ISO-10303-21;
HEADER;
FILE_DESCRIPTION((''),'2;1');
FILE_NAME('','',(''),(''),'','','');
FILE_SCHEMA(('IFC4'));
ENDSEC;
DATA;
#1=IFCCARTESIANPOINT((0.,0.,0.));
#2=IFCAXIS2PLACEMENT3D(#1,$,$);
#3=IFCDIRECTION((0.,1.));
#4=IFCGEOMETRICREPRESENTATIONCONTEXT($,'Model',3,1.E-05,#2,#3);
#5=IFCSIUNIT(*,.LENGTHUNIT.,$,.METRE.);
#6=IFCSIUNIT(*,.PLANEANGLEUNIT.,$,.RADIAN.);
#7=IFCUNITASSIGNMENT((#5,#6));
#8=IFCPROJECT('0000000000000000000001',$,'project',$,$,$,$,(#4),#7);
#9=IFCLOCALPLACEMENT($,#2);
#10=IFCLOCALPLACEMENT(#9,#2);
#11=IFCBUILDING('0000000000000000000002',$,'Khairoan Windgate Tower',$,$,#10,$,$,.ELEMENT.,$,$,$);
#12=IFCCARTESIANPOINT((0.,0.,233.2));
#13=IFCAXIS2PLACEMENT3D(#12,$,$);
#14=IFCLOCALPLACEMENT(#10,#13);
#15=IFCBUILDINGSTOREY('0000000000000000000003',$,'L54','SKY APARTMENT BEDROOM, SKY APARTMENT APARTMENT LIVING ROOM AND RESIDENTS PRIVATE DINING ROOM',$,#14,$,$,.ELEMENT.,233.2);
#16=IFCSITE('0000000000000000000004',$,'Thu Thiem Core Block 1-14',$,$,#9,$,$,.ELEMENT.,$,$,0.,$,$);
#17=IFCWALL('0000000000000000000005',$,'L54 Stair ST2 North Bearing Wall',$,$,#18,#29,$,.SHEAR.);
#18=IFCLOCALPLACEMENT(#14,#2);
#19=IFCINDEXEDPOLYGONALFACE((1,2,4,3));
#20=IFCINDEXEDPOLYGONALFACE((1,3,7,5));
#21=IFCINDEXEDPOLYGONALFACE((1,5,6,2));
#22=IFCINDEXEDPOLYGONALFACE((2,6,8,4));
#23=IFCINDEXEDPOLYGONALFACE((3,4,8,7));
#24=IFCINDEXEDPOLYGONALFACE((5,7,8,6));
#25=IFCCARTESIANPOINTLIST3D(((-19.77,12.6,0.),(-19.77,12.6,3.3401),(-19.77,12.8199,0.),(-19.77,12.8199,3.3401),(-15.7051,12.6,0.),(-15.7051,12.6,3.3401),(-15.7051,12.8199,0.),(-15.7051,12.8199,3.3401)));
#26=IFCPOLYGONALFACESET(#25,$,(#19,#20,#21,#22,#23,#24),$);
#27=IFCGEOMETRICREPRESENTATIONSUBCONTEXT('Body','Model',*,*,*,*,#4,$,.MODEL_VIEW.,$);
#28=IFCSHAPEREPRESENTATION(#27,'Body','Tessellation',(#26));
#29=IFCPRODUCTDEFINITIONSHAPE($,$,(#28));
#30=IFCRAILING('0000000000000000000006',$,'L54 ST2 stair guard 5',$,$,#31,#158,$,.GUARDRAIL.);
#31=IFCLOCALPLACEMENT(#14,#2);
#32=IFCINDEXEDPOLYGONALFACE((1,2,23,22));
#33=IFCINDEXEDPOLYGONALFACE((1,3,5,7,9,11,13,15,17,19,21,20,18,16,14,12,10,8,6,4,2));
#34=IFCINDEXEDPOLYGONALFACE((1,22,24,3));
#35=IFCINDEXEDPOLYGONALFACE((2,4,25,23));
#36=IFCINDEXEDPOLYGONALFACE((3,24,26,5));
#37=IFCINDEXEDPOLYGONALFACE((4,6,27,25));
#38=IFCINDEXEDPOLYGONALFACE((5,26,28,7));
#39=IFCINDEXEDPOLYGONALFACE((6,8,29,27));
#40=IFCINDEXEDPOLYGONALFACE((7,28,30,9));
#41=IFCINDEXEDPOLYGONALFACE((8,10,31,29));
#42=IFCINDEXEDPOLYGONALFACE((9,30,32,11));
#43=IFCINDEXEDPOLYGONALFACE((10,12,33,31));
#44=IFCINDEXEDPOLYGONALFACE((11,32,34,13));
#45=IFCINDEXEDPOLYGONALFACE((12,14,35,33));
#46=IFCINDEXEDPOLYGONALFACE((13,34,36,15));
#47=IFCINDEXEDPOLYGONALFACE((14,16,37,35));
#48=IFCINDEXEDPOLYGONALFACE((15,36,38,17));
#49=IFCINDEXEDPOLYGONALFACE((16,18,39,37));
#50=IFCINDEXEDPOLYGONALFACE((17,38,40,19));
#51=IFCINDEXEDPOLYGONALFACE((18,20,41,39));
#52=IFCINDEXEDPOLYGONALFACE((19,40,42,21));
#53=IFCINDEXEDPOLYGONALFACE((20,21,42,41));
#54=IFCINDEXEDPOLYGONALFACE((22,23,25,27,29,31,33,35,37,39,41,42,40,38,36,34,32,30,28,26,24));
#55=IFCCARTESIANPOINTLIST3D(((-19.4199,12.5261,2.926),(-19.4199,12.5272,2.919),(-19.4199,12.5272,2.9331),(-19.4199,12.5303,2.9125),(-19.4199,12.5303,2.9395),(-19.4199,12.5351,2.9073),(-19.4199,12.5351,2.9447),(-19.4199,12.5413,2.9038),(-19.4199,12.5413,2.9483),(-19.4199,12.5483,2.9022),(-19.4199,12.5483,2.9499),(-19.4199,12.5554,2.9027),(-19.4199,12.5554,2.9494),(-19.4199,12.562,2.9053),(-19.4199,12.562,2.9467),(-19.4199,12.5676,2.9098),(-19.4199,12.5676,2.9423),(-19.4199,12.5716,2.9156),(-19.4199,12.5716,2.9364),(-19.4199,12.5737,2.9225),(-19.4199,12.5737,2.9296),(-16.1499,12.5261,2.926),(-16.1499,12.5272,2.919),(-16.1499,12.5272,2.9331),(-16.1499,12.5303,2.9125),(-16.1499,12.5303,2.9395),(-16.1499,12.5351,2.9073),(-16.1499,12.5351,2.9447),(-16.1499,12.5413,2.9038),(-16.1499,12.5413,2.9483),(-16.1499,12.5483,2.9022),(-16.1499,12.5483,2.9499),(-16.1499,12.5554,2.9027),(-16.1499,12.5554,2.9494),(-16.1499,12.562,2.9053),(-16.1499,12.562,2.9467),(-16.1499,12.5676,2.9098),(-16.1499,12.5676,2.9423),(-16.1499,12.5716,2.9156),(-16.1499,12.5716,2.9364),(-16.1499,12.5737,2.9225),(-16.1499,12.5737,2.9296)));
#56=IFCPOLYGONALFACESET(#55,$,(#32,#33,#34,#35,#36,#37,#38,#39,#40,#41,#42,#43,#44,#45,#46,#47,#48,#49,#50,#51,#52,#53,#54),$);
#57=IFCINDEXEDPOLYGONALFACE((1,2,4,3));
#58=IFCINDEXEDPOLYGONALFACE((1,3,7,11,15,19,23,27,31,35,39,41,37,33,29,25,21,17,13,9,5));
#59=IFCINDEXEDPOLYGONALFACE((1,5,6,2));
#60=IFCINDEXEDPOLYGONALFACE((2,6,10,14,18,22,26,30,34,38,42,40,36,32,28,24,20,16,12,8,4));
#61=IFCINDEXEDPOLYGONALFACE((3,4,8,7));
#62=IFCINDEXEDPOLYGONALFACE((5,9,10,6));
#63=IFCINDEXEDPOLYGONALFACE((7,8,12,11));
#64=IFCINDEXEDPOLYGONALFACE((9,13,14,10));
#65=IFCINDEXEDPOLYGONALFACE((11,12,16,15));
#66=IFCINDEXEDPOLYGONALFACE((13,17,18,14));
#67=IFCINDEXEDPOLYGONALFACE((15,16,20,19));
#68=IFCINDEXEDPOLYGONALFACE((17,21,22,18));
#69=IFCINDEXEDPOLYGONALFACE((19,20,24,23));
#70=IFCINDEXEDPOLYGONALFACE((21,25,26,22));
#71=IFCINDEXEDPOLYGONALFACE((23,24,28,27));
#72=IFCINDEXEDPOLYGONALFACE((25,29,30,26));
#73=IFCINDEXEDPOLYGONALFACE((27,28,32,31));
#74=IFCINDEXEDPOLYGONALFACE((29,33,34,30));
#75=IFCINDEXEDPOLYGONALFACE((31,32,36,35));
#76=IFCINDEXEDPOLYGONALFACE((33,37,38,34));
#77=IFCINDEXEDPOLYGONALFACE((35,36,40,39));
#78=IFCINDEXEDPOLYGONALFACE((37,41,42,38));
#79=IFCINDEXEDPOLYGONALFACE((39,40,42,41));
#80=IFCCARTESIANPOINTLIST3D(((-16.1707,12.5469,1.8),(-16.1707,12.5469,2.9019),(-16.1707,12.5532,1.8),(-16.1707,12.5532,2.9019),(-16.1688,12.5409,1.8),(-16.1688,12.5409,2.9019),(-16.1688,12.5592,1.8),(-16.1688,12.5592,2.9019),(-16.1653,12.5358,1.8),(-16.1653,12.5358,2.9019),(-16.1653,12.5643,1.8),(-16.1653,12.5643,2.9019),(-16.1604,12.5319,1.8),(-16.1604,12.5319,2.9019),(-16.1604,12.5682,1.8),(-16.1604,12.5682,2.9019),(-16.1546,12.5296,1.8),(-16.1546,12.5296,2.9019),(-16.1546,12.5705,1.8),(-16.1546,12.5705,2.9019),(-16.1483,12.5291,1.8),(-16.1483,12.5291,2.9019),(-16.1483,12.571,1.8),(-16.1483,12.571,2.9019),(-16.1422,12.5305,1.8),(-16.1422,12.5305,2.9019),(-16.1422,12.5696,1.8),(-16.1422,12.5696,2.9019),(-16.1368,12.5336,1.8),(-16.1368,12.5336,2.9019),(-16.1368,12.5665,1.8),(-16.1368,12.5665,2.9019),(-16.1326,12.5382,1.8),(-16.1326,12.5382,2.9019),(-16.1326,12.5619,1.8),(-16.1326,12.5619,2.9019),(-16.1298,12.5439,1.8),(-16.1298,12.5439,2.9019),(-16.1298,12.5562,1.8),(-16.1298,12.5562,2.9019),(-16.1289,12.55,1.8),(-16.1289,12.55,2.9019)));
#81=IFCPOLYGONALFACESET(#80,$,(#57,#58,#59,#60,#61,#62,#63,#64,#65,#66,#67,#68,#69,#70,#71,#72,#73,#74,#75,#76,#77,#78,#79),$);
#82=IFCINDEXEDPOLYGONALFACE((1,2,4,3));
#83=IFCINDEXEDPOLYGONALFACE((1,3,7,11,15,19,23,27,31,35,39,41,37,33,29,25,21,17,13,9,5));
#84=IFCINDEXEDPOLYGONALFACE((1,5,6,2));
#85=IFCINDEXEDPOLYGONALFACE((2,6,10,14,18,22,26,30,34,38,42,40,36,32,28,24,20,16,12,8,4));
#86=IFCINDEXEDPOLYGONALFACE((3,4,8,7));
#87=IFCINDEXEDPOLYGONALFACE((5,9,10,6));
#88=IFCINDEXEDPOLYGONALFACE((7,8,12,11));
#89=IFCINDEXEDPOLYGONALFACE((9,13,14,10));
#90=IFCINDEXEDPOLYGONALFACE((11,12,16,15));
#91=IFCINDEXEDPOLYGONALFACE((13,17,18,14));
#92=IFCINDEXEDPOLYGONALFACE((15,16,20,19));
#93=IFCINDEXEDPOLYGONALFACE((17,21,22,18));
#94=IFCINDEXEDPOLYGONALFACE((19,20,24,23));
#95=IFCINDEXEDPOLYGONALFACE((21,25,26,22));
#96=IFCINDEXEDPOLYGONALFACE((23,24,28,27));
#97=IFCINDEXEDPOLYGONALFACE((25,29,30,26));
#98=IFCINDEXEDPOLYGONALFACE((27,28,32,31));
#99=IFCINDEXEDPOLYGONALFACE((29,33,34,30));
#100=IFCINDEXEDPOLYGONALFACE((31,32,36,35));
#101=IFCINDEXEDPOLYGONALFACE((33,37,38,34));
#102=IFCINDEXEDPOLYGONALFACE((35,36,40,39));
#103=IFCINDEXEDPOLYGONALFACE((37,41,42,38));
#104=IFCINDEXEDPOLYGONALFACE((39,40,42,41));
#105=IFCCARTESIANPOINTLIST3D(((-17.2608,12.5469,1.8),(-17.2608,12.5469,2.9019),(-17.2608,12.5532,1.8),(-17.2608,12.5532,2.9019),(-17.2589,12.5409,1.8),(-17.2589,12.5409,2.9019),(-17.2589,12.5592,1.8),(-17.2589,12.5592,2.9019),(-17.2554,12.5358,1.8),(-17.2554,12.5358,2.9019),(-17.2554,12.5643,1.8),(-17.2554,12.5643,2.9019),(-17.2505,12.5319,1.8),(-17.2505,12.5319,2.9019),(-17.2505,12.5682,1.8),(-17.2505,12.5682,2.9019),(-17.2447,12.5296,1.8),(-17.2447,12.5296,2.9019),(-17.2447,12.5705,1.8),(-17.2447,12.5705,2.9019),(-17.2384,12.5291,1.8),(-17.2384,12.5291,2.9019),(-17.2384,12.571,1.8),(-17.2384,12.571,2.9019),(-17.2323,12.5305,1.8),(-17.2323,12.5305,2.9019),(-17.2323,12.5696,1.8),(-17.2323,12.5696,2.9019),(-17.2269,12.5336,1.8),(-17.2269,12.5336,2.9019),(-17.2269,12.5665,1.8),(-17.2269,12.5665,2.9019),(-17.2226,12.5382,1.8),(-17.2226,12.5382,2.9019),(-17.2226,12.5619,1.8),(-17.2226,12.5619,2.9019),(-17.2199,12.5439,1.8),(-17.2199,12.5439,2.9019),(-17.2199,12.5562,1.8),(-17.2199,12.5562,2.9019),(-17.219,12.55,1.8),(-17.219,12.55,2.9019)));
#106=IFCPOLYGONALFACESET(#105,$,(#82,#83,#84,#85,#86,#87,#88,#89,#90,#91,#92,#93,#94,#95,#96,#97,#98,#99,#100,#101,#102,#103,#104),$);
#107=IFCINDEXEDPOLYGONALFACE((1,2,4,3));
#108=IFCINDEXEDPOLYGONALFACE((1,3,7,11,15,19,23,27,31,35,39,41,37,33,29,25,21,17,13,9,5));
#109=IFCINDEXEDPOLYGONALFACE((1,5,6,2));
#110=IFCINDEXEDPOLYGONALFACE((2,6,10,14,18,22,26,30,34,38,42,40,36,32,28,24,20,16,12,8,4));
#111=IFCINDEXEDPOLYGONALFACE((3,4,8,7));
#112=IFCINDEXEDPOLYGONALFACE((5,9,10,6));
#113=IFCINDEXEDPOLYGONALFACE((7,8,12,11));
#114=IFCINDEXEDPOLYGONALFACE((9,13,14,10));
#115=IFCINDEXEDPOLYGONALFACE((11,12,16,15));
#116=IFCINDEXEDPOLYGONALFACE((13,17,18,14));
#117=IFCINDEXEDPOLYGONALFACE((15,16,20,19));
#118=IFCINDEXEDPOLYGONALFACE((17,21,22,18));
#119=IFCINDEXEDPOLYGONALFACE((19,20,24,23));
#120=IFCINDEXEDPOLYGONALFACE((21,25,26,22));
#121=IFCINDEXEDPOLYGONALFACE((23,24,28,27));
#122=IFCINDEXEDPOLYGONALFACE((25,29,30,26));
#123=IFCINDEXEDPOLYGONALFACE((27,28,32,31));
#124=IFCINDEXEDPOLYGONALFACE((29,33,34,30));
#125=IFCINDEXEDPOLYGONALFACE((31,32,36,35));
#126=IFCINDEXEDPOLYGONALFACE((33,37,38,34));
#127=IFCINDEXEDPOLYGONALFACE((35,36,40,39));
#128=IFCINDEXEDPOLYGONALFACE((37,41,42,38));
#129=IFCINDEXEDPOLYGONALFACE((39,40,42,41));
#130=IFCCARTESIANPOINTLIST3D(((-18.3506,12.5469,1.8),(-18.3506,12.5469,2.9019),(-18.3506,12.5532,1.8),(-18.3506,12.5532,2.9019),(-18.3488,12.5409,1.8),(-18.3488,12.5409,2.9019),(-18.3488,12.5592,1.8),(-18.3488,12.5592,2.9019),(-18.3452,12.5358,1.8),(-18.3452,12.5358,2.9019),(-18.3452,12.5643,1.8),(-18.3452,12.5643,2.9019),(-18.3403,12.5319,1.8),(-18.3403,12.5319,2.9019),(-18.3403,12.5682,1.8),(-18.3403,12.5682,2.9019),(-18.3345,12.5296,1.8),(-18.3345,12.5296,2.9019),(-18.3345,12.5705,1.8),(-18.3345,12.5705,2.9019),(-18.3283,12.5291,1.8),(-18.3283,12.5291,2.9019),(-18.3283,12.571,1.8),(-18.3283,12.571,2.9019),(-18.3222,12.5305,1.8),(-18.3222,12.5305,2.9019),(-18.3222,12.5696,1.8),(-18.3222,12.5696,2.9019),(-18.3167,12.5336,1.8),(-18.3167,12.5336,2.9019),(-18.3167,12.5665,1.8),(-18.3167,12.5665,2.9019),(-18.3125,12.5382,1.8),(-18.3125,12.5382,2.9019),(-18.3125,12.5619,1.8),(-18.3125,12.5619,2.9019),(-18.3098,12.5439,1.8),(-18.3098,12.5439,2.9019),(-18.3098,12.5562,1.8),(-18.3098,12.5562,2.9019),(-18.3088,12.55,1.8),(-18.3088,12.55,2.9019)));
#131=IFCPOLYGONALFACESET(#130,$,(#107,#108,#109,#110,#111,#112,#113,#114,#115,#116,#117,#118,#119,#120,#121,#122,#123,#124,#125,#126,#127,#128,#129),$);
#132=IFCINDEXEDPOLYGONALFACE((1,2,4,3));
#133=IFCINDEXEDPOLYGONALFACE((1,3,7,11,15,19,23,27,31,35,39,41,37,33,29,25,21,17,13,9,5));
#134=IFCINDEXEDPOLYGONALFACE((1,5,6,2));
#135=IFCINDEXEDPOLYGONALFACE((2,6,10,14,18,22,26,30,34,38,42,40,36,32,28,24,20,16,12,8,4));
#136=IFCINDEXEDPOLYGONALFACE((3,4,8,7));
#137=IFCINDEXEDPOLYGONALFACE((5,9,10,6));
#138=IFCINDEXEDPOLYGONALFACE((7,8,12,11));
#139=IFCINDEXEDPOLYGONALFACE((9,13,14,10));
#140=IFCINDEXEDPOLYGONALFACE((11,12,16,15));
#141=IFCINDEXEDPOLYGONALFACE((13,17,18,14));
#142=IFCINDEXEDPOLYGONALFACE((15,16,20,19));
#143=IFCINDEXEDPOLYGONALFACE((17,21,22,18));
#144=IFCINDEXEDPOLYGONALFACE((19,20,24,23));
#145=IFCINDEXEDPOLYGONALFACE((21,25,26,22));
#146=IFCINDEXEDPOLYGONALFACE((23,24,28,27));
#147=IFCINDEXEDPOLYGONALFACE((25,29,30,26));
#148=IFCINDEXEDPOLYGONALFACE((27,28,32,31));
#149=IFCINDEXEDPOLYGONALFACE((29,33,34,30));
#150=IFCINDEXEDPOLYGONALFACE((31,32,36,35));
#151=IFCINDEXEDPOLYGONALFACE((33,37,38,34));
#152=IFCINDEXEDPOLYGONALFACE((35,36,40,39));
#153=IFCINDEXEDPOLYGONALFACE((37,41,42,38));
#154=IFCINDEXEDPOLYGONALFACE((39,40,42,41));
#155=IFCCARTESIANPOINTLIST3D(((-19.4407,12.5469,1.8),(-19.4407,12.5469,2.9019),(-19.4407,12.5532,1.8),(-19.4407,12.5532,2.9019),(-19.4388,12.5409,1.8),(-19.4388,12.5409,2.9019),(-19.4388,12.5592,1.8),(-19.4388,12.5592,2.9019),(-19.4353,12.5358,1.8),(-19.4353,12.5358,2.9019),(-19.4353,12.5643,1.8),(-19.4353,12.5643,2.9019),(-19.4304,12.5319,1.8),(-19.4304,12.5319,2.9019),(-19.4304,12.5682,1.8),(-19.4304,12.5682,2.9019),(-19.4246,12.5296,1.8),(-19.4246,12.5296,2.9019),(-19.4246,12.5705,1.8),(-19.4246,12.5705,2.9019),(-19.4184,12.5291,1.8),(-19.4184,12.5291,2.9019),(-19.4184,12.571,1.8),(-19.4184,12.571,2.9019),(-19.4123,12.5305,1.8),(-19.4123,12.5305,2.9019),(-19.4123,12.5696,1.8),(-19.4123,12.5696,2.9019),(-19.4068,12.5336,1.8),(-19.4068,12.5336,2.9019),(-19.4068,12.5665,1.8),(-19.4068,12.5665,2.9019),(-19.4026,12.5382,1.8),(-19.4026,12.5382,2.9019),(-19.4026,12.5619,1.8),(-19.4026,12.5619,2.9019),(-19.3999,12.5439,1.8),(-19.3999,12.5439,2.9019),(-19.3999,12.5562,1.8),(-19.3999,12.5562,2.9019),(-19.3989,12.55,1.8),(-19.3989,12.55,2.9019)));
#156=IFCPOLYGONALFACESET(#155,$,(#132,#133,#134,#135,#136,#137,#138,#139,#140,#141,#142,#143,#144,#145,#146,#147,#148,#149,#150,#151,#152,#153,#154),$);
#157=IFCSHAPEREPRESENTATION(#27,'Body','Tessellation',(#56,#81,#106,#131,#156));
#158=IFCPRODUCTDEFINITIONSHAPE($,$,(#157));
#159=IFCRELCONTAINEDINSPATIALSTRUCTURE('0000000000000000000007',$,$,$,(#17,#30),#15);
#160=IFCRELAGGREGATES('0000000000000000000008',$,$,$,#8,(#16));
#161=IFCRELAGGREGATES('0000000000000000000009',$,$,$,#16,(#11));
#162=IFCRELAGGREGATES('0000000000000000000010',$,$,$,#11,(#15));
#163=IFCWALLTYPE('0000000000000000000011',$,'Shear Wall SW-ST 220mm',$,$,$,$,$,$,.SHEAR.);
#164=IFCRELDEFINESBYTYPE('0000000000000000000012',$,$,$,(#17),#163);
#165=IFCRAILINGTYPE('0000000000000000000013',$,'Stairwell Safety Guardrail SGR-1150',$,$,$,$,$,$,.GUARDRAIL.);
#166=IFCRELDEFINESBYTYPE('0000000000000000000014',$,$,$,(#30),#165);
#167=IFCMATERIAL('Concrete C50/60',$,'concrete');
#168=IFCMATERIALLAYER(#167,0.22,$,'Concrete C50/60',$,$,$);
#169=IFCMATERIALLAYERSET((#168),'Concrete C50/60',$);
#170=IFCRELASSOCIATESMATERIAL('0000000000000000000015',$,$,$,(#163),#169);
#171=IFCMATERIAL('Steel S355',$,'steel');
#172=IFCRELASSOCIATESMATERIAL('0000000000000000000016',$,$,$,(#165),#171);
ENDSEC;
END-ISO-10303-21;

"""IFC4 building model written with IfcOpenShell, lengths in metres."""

from ifc_helpers import new_model, si_unit, direction, frame, frame_2d, origin, origin_2d, place, context, subcontext, project, spatial, rectangle, circle, extrude, material, layer, layer_set, type_object, element, save


model = new_model("IFC4")

# Units and contexts
model_context = context("Model", 3, precision=1e-05, world=origin(), true_north=direction((0.0, 1.0)))
body_context = subcontext(model_context, "Body", "Model", "MODEL_VIEW")
ifc_project = project(units=[si_unit("LENGTHUNIT", "METRE"), si_unit("PLANEANGLEUNIT", "RADIAN")], contexts=[model_context])

# Site, building, storey
site_placement = place(None, origin())
site = spatial("IfcSite", under=ifc_project, at=site_placement, Name="Thu Thiem Core Block 1-14", CompositionType="ELEMENT", RefElevation=0.0)
building_placement = place(site_placement, origin())
building = spatial("IfcBuilding", under=site, at=building_placement, Name="Khairoan Windgate Tower", CompositionType="ELEMENT")
storey_placement = place(building_placement, frame((0.0, 0.0, 233.2)))
storey = spatial("IfcBuildingStorey", under=building, at=storey_placement, Name="L54", Description="SKY APARTMENT BEDROOM, SKY APARTMENT APARTMENT LIVING ROOM AND RESIDENTS PRIVATE DINING ROOM", CompositionType="ELEMENT", Elevation=233.2)

# Wall
ifc_material_1 = material(Name="Concrete C50/60", Category="concrete")
ifc_layer_1 = layer(ifc_material_1, 0.22, Name="Concrete C50/60")
ifc_layer_set_1 = layer_set([ifc_layer_1], Name="Concrete C50/60")
wall_type_1 = type_object("IfcWallType", Name="Shear Wall SW-ST 220mm", PredefinedType="SHEAR", material=ifc_layer_set_1)
wall_1_placement = place(storey_placement, frame((-19.77, 12.71, 0.0), z_axis=(0.0, 0.0, 1.0), x_axis=(1.0, 0.0, 0.0)))
element("IfcWall", 1, at=wall_1_placement, inside=storey, type_object=wall_type_1, Name="L54 Stair ST2 North Bearing Wall", PredefinedType="SHEAR", context=body_context, shape_type="SweptSolid", body=[
    extrude(rectangle(XDim=4.0649, YDim=0.22, at=frame_2d((2.0325, 0.0))), origin(), (0.0, 0.0, 1.0), 3.3401),
])

# Railing
ifc_material_2 = material(Name="Steel S355", Category="steel")
railing_type = type_object("IfcRailingType", Name="Stairwell Safety Guardrail SGR-1150", PredefinedType="GUARDRAIL", material=ifc_material_2)
railing_1_placement = place(storey_placement, frame((-16.1499, 12.55, 1.8)))
element("IfcRailing", 2, at=railing_1_placement, inside=storey, type_object=railing_type, Name="L54 ST2 stair guard 5", PredefinedType="GUARDRAIL", context=body_context, shape_type="SweptSolid", body=[
    extrude(circle(Radius=0.0239, at=origin_2d()), frame((0.0, 0.0, 1.126), z_axis=(-1.0, 0.0, 0.0), x_axis=(0.0, -1.0, 0.0)), (0.0, 0.0, 1.0), 3.27),
    extrude(circle(Radius=0.021, at=origin_2d()), origin(), (0.0, 0.0, 1.0), 1.1018),
    extrude(circle(Radius=0.021, at=origin_2d()), frame((-1.0901, 0.0, 0.0)), (0.0, 0.0, 1.0), 1.1018),
    extrude(circle(Radius=0.021, at=origin_2d()), frame((-2.1799, 0.0, 0.0)), (0.0, 0.0, 1.0), 1.1018),
    extrude(circle(Radius=0.021, at=origin_2d()), frame((-3.27, 0.0, 0.0)), (0.0, 0.0, 1.0), 1.1018),
])

save(model, "model.ifc")
